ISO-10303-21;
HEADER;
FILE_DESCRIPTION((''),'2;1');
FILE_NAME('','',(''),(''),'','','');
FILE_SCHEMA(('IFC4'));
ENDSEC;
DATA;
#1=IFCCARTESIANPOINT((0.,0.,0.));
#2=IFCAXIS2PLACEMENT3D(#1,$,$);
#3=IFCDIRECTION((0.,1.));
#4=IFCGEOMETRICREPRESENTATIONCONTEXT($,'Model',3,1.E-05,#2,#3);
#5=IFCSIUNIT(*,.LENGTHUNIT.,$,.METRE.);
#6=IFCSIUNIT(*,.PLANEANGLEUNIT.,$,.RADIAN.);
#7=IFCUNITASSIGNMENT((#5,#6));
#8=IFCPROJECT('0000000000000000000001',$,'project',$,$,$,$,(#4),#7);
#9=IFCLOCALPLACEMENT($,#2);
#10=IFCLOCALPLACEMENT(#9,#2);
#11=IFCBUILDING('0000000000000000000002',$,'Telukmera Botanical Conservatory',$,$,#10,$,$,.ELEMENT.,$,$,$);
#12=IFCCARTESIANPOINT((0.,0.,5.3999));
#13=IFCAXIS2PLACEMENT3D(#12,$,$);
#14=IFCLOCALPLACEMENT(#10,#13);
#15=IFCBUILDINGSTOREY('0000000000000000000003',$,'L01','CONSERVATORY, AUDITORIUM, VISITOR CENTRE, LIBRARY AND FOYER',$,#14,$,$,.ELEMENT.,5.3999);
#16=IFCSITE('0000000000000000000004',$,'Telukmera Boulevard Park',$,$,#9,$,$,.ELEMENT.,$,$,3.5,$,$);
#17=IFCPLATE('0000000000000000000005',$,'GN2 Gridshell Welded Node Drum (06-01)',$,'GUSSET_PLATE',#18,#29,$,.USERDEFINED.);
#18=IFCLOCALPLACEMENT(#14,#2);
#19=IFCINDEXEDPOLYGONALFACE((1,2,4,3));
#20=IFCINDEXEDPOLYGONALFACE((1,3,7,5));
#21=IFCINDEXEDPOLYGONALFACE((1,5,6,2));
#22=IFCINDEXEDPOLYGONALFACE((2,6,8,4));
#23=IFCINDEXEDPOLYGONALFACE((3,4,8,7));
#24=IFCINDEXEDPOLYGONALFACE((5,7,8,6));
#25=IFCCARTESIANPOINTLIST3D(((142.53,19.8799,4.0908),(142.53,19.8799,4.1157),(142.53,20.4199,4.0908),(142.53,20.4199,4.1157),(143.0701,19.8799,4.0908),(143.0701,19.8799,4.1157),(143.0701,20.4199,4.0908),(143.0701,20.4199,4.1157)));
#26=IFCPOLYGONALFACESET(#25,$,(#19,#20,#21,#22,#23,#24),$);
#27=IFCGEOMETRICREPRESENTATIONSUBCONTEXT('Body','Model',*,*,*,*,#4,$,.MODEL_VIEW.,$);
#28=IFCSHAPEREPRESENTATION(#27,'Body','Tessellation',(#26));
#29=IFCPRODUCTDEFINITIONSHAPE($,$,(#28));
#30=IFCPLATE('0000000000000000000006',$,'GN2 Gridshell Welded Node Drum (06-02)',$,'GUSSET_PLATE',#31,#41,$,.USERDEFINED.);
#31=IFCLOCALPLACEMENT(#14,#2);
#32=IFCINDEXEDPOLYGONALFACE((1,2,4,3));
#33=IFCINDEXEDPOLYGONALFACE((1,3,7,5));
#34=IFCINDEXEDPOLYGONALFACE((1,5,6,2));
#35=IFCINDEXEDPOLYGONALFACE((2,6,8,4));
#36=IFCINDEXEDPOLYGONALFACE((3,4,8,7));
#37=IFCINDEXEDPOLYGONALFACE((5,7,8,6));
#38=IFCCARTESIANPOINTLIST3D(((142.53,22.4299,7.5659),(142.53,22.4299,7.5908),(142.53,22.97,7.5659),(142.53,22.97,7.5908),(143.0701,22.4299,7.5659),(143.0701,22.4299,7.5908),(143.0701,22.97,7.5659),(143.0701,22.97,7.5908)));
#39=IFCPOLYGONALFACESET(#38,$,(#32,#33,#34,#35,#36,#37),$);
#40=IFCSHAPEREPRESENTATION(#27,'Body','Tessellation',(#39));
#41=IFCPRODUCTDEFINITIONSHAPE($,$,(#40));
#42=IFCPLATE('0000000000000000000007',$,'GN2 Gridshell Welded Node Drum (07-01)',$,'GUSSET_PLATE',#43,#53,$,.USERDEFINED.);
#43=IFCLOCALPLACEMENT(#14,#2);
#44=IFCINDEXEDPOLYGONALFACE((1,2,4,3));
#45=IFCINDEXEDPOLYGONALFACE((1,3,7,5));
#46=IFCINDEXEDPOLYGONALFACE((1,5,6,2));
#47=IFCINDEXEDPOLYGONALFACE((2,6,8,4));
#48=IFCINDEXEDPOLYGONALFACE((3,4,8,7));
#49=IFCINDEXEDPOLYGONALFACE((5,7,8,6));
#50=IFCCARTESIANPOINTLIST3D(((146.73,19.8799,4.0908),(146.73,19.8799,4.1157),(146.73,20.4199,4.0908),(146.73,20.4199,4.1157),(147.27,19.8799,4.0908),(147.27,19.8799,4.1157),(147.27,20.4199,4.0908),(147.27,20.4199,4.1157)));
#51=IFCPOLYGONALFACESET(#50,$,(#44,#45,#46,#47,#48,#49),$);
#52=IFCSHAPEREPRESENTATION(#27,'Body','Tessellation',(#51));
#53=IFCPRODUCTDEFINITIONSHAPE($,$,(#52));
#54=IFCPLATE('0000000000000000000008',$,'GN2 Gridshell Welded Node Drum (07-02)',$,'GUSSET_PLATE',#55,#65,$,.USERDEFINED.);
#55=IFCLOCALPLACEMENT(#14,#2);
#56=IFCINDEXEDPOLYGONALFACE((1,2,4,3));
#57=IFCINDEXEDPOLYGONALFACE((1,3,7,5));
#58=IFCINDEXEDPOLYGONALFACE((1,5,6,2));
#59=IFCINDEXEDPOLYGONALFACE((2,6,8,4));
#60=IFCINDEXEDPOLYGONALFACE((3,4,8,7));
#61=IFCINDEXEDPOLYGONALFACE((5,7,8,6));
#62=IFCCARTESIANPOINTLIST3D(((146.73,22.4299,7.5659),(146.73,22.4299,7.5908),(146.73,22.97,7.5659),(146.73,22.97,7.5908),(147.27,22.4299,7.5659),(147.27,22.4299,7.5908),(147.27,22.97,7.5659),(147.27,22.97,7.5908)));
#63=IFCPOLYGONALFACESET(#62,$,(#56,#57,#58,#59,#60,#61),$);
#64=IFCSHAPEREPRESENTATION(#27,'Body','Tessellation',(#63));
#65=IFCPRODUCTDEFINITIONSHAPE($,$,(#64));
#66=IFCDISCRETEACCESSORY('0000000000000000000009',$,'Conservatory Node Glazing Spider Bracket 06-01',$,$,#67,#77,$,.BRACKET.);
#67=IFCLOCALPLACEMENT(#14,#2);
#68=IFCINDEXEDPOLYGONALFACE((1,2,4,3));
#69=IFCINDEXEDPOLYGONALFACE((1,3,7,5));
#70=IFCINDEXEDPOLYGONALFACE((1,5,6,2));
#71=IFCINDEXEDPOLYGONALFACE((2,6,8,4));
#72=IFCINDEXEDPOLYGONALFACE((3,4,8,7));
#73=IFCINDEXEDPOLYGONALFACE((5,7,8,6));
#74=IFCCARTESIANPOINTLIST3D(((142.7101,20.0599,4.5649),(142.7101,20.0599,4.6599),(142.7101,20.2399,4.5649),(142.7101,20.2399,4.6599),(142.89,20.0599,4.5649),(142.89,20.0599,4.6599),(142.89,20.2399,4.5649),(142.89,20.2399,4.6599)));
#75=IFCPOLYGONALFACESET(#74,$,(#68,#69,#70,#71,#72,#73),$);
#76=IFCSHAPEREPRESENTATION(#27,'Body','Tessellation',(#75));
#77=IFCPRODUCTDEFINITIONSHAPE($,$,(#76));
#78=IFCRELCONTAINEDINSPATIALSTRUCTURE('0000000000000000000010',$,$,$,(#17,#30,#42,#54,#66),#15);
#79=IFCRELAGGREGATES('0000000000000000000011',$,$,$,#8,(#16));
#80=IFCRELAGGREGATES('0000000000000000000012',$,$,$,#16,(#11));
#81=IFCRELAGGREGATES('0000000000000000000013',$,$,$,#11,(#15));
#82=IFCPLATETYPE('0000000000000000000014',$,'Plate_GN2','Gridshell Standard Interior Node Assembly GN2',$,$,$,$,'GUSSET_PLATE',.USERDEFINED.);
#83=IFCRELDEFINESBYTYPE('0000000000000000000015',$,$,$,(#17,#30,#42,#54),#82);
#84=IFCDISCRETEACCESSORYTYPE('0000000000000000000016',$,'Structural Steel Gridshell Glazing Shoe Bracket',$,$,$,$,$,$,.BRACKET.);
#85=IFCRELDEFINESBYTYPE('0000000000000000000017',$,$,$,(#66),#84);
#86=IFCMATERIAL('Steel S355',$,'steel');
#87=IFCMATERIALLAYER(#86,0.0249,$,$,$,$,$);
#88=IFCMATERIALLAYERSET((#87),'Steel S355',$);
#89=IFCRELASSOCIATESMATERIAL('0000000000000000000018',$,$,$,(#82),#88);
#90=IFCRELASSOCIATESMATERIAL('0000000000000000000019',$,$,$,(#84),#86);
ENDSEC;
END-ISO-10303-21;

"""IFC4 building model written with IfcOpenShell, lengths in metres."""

from ifc_helpers import new_model, si_unit, direction, frame, origin, origin_2d, place, context, subcontext, project, spatial, rectangle, extrude, material, layer, layer_set, type_object, element, save


model = new_model("IFC4")

# Units and contexts
model_context = context("Model", 3, precision=1e-05, world=origin(), true_north=direction((0.0, 1.0)))
body_context = subcontext(model_context, "Body", "Model", "MODEL_VIEW")
ifc_project = project(units=[si_unit("LENGTHUNIT", "METRE"), si_unit("PLANEANGLEUNIT", "RADIAN")], contexts=[model_context])

# Site, building, storey
site_placement = place(None, origin())
site = spatial("IfcSite", under=ifc_project, at=site_placement, Name="Telukmera Boulevard Park", CompositionType="ELEMENT", RefElevation=3.5)
building_placement = place(site_placement, origin())
building = spatial("IfcBuilding", under=site, at=building_placement, Name="Telukmera Botanical Conservatory", CompositionType="ELEMENT")
storey_placement = place(building_placement, frame((0.0, 0.0, 5.3999)))
storey = spatial("IfcBuildingStorey", under=building, at=storey_placement, Name="L01", Description="CONSERVATORY, AUDITORIUM, VISITOR CENTRE, LIBRARY AND FOYER", CompositionType="ELEMENT", Elevation=5.3999)

# Shared definitions
ifc_material_1 = material(Name="Steel S355", Category="steel")

# Plates
ifc_layer_1 = layer(ifc_material_1, 0.0249)
ifc_layer_set_1 = layer_set([ifc_layer_1], Name="Steel S355")
plate_type_1 = type_object("IfcPlateType", Name="Plate_GN2", Description="Gridshell Standard Interior Node Assembly GN2", ElementType="GUSSET_PLATE", PredefinedType="USERDEFINED", material=ifc_layer_set_1)
for number, where, z_axis, x_axis, name in (
    (1, (142.8, 20.1499, 4.0908), (0.0, 0.0, 1.0), (1.0, 0.0, 0.0), "GN2 Gridshell Welded Node Drum (06-01)"),
    (2, (142.8, 22.7, 7.5659), (0.0, 0.0, 1.0), (1.0, 0.0, 0.0), "GN2 Gridshell Welded Node Drum (06-02)"),
    (3, (147.0, 20.1499, 4.0908), (0.0, 0.0, 1.0), (1.0, 0.0, 0.0), "GN2 Gridshell Welded Node Drum (07-01)"),
    (4, (147.0, 22.7, 7.5659), (0.0, 0.0, 1.0), (1.0, 0.0, 0.0), "GN2 Gridshell Welded Node Drum (07-02)"),
):
    element("IfcPlate", number, at=place(storey_placement, frame(where, z_axis=z_axis, x_axis=x_axis)), inside=storey, type_object=plate_type_1, Name=name, ObjectType="GUSSET_PLATE", PredefinedType="USERDEFINED", context=body_context, shape_type="SweptSolid", body=[
        extrude(rectangle(XDim=0.54, YDim=0.54, at=origin_2d()), origin(), (0.0, 0.0, 1.0), 0.0249),
    ])

# Discrete accessory
discrete_accessory_type = type_object("IfcDiscreteAccessoryType", Name="Structural Steel Gridshell Glazing Shoe Bracket", PredefinedType="BRACKET", material=ifc_material_1)
discrete_accessory_placement = place(storey_placement, frame((142.8, 20.1499, 4.5649), z_axis=(0.0, 0.0, 1.0), x_axis=(1.0, 0.0, 0.0)))
element("IfcDiscreteAccessory", 5, at=discrete_accessory_placement, inside=storey, type_object=discrete_accessory_type, Name="Conservatory Node Glazing Spider Bracket 06-01", PredefinedType="BRACKET", context=body_context, shape_type="SweptSolid", body=[
    extrude(rectangle(XDim=0.1799, YDim=0.1799, at=origin_2d()), origin(), (0.0, 0.0, 1.0), 0.095),
])

save(model, "model.ifc")
